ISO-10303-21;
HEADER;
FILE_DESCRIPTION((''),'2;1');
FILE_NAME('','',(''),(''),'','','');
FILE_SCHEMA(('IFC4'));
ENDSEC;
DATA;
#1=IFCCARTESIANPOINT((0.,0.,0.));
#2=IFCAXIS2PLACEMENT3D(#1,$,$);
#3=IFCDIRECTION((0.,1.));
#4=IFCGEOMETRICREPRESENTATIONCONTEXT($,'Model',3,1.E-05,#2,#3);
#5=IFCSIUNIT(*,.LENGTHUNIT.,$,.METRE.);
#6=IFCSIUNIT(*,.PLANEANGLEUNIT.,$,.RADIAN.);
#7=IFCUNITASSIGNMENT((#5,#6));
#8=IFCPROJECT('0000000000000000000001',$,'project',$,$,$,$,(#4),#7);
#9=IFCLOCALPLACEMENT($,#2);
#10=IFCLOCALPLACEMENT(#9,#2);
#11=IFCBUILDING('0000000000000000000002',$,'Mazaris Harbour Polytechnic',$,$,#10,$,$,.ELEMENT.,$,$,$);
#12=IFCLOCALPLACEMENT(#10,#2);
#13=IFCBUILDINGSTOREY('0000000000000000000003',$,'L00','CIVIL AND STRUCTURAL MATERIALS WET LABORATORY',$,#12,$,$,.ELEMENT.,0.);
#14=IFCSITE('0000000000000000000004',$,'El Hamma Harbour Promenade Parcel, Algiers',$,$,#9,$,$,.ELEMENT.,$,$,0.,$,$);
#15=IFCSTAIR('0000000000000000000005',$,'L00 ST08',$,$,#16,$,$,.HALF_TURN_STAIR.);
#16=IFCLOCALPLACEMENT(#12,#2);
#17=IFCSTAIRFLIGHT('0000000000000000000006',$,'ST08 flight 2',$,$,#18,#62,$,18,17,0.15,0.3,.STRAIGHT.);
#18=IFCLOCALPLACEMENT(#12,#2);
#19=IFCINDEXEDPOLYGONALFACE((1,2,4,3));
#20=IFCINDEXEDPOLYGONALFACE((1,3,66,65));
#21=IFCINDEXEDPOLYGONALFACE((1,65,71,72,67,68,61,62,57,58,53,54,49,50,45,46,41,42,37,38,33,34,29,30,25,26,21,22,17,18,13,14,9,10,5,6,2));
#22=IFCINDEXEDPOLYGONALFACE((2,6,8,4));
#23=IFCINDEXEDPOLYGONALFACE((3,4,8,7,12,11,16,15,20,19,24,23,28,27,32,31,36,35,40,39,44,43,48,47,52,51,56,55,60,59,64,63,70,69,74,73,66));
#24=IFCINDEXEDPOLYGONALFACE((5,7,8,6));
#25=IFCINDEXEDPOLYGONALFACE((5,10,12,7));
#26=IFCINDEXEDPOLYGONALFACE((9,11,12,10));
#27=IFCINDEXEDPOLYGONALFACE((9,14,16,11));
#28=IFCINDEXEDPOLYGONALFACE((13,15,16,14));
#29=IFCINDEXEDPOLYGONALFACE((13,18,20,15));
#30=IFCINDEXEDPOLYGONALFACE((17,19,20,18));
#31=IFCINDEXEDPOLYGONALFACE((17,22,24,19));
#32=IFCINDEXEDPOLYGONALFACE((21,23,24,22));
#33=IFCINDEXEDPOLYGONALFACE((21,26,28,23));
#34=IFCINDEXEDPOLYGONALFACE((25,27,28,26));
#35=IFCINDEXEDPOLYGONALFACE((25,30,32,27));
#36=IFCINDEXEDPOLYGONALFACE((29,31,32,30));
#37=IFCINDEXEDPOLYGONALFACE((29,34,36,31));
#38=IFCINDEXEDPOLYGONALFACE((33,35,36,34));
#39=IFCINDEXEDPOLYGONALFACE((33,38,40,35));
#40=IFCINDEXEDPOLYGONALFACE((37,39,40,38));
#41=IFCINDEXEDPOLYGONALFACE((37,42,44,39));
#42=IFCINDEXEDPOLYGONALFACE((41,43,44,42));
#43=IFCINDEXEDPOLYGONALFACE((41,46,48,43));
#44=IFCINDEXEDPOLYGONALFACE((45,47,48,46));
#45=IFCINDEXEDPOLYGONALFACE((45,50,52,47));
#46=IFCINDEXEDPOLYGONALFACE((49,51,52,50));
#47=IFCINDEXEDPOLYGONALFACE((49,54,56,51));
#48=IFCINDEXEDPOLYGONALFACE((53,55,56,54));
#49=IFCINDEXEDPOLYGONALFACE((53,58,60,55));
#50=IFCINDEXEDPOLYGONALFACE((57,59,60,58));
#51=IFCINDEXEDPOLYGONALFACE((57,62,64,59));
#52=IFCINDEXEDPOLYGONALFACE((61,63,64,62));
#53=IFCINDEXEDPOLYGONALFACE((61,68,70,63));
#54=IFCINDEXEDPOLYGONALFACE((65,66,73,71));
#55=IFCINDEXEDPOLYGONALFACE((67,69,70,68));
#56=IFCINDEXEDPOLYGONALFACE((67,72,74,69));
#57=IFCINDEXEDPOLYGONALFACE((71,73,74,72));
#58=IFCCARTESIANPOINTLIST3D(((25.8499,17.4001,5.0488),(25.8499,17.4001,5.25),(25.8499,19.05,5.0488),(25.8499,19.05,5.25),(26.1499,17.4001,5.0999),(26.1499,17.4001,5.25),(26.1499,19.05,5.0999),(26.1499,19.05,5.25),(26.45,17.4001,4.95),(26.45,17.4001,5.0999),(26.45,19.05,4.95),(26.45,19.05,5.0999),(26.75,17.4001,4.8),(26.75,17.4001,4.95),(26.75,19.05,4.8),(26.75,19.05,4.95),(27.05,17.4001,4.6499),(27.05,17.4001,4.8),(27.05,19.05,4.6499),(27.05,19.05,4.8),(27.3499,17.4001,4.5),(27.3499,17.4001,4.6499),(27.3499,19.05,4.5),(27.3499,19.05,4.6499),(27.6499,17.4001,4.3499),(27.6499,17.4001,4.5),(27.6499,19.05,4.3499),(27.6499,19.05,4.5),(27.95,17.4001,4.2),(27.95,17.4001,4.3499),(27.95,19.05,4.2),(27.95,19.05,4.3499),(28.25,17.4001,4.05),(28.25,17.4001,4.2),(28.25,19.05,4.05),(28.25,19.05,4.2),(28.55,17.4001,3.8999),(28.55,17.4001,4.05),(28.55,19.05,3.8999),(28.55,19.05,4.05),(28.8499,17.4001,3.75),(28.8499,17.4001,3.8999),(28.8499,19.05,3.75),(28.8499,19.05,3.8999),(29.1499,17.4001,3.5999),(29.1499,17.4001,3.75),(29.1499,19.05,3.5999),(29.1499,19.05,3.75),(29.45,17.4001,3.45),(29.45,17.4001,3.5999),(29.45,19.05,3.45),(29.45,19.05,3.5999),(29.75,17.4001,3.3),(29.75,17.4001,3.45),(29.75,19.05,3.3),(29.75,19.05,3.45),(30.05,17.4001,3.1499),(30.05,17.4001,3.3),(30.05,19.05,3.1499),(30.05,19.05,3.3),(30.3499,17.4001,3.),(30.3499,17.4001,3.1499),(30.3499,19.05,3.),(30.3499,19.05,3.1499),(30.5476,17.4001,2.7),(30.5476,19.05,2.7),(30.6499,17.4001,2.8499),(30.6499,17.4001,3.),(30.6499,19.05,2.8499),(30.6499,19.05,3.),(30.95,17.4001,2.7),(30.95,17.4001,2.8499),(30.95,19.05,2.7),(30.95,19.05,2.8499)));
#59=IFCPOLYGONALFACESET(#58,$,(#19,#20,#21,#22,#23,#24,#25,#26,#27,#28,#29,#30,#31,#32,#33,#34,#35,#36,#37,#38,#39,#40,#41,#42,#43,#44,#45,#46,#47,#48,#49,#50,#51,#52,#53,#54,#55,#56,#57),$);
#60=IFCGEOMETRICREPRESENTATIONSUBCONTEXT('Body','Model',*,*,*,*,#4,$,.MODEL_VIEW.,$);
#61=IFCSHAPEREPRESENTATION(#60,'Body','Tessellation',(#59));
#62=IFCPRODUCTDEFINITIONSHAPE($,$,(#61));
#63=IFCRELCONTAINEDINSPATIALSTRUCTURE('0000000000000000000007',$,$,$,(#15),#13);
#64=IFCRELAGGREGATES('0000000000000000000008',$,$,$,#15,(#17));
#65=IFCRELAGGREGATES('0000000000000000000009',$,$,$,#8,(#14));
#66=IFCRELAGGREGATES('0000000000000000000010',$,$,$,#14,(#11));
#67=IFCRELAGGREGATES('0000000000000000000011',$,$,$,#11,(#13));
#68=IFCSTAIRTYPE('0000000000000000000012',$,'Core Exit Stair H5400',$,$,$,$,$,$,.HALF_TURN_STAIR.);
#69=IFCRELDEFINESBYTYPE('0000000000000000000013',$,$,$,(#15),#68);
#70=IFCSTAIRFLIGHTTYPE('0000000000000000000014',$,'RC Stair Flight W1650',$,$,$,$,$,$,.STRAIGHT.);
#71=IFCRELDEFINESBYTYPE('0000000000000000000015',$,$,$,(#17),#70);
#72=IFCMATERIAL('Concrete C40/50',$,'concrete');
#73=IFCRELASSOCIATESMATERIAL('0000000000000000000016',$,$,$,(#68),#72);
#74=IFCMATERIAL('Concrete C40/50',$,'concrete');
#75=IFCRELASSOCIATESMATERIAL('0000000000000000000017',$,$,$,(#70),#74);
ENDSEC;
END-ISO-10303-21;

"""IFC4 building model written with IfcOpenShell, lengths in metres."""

from ifc_helpers import new_model, si_unit, direction, frame, origin, place, context, subcontext, project, spatial, polyline, outline, extrude, material, type_object, element, aggregate, save


model = new_model("IFC4")

# Units and contexts
model_context = context("Model", 3, precision=1e-05, world=origin(), true_north=direction((0.0, 1.0)))
body_context = subcontext(model_context, "Body", "Model", "MODEL_VIEW")
ifc_project = project(units=[si_unit("LENGTHUNIT", "METRE"), si_unit("PLANEANGLEUNIT", "RADIAN")], contexts=[model_context])

# Site, building, storey
site_placement = place(None, origin())
site = spatial("IfcSite", under=ifc_project, at=site_placement, Name="El Hamma Harbour Promenade Parcel, Algiers", CompositionType="ELEMENT", RefElevation=0.0)
building_placement = place(site_placement, origin())
building = spatial("IfcBuilding", under=site, at=building_placement, Name="Mazaris Harbour Polytechnic", CompositionType="ELEMENT")
storey_placement = place(building_placement, origin())
storey = spatial("IfcBuildingStorey", under=building, at=storey_placement, Name="L00", Description="CIVIL AND STRUCTURAL MATERIALS WET LABORATORY", CompositionType="ELEMENT", Elevation=0.0)

# Stair, stair flight
ifc_material_1 = material(Name="Concrete C40/50", Category="concrete")
stair_type = type_object("IfcStairType", Name="Core Exit Stair H5400", PredefinedType="HALF_TURN_STAIR", material=ifc_material_1)
stair_placement = place(storey_placement, origin())
stair = element("IfcStair", 1, at=stair_placement, inside=storey, type_object=stair_type, Name="L00 ST08", PredefinedType="HALF_TURN_STAIR")
ifc_material_2 = material(Name="Concrete C40/50", Category="concrete")
stair_flight_type = type_object("IfcStairFlightType", Name="RC Stair Flight W1650", PredefinedType="STRAIGHT", material=ifc_material_2)
stair_flight_1_placement = place(storey_placement, frame((30.95, 18.2251, 2.7), z_axis=(0.0, 0.0, 1.0), x_axis=(-1.0, 0.0, 0.0)))
stair_flight_1 = element("IfcStairFlight", 2, at=stair_flight_1_placement, type_object=stair_flight_type, Name="ST08 flight 2", NumberOfRisers=18, NumberOfTreads=17, PredefinedType="STRAIGHT", RiserHeight=0.15, TreadLength=0.3, context=body_context, shape_type="SweptSolid", body=[
    extrude(outline(polyline([(0.0, 0.0), (0.0, 0.1499), (0.3, 0.1499), (0.3, 0.3), (0.6001, 0.3), (0.6001, 0.45), (0.8999, 0.45), (0.8999, 0.6001), (1.2, 0.6001), (1.2, 0.75), (1.5, 0.75), (1.5, 0.8999), (1.8, 0.8999), (1.8, 1.05), (2.1001, 1.05), (2.1001, 1.2), (2.3999, 1.2), (2.3999, 1.3501), (2.7, 1.3501), (2.7, 1.5), (3.0, 1.5), (3.0, 1.6499), (3.3, 1.6499), (3.3, 1.8), (3.6001, 1.8), (3.6001, 1.95), (3.8999, 1.95), (3.8999, 2.1001), (4.2, 2.1001), (4.2, 2.25), (4.5, 2.25), (4.5, 2.3999), (4.8, 2.3999), (4.8, 2.55), (5.1001, 2.55), (5.1001, 2.7), (5.1001, 2.3489), (0.4023, 0.0), (0.0, 0.0)])), frame((0.0, 0.825, 0.0), z_axis=(0.0, -1.0, 0.0), x_axis=(1.0, 0.0, 0.0)), (0.0, 0.0, 1.0), 1.6499),
])
aggregate(stair, [stair_flight_1])

save(model, "model.ifc")
